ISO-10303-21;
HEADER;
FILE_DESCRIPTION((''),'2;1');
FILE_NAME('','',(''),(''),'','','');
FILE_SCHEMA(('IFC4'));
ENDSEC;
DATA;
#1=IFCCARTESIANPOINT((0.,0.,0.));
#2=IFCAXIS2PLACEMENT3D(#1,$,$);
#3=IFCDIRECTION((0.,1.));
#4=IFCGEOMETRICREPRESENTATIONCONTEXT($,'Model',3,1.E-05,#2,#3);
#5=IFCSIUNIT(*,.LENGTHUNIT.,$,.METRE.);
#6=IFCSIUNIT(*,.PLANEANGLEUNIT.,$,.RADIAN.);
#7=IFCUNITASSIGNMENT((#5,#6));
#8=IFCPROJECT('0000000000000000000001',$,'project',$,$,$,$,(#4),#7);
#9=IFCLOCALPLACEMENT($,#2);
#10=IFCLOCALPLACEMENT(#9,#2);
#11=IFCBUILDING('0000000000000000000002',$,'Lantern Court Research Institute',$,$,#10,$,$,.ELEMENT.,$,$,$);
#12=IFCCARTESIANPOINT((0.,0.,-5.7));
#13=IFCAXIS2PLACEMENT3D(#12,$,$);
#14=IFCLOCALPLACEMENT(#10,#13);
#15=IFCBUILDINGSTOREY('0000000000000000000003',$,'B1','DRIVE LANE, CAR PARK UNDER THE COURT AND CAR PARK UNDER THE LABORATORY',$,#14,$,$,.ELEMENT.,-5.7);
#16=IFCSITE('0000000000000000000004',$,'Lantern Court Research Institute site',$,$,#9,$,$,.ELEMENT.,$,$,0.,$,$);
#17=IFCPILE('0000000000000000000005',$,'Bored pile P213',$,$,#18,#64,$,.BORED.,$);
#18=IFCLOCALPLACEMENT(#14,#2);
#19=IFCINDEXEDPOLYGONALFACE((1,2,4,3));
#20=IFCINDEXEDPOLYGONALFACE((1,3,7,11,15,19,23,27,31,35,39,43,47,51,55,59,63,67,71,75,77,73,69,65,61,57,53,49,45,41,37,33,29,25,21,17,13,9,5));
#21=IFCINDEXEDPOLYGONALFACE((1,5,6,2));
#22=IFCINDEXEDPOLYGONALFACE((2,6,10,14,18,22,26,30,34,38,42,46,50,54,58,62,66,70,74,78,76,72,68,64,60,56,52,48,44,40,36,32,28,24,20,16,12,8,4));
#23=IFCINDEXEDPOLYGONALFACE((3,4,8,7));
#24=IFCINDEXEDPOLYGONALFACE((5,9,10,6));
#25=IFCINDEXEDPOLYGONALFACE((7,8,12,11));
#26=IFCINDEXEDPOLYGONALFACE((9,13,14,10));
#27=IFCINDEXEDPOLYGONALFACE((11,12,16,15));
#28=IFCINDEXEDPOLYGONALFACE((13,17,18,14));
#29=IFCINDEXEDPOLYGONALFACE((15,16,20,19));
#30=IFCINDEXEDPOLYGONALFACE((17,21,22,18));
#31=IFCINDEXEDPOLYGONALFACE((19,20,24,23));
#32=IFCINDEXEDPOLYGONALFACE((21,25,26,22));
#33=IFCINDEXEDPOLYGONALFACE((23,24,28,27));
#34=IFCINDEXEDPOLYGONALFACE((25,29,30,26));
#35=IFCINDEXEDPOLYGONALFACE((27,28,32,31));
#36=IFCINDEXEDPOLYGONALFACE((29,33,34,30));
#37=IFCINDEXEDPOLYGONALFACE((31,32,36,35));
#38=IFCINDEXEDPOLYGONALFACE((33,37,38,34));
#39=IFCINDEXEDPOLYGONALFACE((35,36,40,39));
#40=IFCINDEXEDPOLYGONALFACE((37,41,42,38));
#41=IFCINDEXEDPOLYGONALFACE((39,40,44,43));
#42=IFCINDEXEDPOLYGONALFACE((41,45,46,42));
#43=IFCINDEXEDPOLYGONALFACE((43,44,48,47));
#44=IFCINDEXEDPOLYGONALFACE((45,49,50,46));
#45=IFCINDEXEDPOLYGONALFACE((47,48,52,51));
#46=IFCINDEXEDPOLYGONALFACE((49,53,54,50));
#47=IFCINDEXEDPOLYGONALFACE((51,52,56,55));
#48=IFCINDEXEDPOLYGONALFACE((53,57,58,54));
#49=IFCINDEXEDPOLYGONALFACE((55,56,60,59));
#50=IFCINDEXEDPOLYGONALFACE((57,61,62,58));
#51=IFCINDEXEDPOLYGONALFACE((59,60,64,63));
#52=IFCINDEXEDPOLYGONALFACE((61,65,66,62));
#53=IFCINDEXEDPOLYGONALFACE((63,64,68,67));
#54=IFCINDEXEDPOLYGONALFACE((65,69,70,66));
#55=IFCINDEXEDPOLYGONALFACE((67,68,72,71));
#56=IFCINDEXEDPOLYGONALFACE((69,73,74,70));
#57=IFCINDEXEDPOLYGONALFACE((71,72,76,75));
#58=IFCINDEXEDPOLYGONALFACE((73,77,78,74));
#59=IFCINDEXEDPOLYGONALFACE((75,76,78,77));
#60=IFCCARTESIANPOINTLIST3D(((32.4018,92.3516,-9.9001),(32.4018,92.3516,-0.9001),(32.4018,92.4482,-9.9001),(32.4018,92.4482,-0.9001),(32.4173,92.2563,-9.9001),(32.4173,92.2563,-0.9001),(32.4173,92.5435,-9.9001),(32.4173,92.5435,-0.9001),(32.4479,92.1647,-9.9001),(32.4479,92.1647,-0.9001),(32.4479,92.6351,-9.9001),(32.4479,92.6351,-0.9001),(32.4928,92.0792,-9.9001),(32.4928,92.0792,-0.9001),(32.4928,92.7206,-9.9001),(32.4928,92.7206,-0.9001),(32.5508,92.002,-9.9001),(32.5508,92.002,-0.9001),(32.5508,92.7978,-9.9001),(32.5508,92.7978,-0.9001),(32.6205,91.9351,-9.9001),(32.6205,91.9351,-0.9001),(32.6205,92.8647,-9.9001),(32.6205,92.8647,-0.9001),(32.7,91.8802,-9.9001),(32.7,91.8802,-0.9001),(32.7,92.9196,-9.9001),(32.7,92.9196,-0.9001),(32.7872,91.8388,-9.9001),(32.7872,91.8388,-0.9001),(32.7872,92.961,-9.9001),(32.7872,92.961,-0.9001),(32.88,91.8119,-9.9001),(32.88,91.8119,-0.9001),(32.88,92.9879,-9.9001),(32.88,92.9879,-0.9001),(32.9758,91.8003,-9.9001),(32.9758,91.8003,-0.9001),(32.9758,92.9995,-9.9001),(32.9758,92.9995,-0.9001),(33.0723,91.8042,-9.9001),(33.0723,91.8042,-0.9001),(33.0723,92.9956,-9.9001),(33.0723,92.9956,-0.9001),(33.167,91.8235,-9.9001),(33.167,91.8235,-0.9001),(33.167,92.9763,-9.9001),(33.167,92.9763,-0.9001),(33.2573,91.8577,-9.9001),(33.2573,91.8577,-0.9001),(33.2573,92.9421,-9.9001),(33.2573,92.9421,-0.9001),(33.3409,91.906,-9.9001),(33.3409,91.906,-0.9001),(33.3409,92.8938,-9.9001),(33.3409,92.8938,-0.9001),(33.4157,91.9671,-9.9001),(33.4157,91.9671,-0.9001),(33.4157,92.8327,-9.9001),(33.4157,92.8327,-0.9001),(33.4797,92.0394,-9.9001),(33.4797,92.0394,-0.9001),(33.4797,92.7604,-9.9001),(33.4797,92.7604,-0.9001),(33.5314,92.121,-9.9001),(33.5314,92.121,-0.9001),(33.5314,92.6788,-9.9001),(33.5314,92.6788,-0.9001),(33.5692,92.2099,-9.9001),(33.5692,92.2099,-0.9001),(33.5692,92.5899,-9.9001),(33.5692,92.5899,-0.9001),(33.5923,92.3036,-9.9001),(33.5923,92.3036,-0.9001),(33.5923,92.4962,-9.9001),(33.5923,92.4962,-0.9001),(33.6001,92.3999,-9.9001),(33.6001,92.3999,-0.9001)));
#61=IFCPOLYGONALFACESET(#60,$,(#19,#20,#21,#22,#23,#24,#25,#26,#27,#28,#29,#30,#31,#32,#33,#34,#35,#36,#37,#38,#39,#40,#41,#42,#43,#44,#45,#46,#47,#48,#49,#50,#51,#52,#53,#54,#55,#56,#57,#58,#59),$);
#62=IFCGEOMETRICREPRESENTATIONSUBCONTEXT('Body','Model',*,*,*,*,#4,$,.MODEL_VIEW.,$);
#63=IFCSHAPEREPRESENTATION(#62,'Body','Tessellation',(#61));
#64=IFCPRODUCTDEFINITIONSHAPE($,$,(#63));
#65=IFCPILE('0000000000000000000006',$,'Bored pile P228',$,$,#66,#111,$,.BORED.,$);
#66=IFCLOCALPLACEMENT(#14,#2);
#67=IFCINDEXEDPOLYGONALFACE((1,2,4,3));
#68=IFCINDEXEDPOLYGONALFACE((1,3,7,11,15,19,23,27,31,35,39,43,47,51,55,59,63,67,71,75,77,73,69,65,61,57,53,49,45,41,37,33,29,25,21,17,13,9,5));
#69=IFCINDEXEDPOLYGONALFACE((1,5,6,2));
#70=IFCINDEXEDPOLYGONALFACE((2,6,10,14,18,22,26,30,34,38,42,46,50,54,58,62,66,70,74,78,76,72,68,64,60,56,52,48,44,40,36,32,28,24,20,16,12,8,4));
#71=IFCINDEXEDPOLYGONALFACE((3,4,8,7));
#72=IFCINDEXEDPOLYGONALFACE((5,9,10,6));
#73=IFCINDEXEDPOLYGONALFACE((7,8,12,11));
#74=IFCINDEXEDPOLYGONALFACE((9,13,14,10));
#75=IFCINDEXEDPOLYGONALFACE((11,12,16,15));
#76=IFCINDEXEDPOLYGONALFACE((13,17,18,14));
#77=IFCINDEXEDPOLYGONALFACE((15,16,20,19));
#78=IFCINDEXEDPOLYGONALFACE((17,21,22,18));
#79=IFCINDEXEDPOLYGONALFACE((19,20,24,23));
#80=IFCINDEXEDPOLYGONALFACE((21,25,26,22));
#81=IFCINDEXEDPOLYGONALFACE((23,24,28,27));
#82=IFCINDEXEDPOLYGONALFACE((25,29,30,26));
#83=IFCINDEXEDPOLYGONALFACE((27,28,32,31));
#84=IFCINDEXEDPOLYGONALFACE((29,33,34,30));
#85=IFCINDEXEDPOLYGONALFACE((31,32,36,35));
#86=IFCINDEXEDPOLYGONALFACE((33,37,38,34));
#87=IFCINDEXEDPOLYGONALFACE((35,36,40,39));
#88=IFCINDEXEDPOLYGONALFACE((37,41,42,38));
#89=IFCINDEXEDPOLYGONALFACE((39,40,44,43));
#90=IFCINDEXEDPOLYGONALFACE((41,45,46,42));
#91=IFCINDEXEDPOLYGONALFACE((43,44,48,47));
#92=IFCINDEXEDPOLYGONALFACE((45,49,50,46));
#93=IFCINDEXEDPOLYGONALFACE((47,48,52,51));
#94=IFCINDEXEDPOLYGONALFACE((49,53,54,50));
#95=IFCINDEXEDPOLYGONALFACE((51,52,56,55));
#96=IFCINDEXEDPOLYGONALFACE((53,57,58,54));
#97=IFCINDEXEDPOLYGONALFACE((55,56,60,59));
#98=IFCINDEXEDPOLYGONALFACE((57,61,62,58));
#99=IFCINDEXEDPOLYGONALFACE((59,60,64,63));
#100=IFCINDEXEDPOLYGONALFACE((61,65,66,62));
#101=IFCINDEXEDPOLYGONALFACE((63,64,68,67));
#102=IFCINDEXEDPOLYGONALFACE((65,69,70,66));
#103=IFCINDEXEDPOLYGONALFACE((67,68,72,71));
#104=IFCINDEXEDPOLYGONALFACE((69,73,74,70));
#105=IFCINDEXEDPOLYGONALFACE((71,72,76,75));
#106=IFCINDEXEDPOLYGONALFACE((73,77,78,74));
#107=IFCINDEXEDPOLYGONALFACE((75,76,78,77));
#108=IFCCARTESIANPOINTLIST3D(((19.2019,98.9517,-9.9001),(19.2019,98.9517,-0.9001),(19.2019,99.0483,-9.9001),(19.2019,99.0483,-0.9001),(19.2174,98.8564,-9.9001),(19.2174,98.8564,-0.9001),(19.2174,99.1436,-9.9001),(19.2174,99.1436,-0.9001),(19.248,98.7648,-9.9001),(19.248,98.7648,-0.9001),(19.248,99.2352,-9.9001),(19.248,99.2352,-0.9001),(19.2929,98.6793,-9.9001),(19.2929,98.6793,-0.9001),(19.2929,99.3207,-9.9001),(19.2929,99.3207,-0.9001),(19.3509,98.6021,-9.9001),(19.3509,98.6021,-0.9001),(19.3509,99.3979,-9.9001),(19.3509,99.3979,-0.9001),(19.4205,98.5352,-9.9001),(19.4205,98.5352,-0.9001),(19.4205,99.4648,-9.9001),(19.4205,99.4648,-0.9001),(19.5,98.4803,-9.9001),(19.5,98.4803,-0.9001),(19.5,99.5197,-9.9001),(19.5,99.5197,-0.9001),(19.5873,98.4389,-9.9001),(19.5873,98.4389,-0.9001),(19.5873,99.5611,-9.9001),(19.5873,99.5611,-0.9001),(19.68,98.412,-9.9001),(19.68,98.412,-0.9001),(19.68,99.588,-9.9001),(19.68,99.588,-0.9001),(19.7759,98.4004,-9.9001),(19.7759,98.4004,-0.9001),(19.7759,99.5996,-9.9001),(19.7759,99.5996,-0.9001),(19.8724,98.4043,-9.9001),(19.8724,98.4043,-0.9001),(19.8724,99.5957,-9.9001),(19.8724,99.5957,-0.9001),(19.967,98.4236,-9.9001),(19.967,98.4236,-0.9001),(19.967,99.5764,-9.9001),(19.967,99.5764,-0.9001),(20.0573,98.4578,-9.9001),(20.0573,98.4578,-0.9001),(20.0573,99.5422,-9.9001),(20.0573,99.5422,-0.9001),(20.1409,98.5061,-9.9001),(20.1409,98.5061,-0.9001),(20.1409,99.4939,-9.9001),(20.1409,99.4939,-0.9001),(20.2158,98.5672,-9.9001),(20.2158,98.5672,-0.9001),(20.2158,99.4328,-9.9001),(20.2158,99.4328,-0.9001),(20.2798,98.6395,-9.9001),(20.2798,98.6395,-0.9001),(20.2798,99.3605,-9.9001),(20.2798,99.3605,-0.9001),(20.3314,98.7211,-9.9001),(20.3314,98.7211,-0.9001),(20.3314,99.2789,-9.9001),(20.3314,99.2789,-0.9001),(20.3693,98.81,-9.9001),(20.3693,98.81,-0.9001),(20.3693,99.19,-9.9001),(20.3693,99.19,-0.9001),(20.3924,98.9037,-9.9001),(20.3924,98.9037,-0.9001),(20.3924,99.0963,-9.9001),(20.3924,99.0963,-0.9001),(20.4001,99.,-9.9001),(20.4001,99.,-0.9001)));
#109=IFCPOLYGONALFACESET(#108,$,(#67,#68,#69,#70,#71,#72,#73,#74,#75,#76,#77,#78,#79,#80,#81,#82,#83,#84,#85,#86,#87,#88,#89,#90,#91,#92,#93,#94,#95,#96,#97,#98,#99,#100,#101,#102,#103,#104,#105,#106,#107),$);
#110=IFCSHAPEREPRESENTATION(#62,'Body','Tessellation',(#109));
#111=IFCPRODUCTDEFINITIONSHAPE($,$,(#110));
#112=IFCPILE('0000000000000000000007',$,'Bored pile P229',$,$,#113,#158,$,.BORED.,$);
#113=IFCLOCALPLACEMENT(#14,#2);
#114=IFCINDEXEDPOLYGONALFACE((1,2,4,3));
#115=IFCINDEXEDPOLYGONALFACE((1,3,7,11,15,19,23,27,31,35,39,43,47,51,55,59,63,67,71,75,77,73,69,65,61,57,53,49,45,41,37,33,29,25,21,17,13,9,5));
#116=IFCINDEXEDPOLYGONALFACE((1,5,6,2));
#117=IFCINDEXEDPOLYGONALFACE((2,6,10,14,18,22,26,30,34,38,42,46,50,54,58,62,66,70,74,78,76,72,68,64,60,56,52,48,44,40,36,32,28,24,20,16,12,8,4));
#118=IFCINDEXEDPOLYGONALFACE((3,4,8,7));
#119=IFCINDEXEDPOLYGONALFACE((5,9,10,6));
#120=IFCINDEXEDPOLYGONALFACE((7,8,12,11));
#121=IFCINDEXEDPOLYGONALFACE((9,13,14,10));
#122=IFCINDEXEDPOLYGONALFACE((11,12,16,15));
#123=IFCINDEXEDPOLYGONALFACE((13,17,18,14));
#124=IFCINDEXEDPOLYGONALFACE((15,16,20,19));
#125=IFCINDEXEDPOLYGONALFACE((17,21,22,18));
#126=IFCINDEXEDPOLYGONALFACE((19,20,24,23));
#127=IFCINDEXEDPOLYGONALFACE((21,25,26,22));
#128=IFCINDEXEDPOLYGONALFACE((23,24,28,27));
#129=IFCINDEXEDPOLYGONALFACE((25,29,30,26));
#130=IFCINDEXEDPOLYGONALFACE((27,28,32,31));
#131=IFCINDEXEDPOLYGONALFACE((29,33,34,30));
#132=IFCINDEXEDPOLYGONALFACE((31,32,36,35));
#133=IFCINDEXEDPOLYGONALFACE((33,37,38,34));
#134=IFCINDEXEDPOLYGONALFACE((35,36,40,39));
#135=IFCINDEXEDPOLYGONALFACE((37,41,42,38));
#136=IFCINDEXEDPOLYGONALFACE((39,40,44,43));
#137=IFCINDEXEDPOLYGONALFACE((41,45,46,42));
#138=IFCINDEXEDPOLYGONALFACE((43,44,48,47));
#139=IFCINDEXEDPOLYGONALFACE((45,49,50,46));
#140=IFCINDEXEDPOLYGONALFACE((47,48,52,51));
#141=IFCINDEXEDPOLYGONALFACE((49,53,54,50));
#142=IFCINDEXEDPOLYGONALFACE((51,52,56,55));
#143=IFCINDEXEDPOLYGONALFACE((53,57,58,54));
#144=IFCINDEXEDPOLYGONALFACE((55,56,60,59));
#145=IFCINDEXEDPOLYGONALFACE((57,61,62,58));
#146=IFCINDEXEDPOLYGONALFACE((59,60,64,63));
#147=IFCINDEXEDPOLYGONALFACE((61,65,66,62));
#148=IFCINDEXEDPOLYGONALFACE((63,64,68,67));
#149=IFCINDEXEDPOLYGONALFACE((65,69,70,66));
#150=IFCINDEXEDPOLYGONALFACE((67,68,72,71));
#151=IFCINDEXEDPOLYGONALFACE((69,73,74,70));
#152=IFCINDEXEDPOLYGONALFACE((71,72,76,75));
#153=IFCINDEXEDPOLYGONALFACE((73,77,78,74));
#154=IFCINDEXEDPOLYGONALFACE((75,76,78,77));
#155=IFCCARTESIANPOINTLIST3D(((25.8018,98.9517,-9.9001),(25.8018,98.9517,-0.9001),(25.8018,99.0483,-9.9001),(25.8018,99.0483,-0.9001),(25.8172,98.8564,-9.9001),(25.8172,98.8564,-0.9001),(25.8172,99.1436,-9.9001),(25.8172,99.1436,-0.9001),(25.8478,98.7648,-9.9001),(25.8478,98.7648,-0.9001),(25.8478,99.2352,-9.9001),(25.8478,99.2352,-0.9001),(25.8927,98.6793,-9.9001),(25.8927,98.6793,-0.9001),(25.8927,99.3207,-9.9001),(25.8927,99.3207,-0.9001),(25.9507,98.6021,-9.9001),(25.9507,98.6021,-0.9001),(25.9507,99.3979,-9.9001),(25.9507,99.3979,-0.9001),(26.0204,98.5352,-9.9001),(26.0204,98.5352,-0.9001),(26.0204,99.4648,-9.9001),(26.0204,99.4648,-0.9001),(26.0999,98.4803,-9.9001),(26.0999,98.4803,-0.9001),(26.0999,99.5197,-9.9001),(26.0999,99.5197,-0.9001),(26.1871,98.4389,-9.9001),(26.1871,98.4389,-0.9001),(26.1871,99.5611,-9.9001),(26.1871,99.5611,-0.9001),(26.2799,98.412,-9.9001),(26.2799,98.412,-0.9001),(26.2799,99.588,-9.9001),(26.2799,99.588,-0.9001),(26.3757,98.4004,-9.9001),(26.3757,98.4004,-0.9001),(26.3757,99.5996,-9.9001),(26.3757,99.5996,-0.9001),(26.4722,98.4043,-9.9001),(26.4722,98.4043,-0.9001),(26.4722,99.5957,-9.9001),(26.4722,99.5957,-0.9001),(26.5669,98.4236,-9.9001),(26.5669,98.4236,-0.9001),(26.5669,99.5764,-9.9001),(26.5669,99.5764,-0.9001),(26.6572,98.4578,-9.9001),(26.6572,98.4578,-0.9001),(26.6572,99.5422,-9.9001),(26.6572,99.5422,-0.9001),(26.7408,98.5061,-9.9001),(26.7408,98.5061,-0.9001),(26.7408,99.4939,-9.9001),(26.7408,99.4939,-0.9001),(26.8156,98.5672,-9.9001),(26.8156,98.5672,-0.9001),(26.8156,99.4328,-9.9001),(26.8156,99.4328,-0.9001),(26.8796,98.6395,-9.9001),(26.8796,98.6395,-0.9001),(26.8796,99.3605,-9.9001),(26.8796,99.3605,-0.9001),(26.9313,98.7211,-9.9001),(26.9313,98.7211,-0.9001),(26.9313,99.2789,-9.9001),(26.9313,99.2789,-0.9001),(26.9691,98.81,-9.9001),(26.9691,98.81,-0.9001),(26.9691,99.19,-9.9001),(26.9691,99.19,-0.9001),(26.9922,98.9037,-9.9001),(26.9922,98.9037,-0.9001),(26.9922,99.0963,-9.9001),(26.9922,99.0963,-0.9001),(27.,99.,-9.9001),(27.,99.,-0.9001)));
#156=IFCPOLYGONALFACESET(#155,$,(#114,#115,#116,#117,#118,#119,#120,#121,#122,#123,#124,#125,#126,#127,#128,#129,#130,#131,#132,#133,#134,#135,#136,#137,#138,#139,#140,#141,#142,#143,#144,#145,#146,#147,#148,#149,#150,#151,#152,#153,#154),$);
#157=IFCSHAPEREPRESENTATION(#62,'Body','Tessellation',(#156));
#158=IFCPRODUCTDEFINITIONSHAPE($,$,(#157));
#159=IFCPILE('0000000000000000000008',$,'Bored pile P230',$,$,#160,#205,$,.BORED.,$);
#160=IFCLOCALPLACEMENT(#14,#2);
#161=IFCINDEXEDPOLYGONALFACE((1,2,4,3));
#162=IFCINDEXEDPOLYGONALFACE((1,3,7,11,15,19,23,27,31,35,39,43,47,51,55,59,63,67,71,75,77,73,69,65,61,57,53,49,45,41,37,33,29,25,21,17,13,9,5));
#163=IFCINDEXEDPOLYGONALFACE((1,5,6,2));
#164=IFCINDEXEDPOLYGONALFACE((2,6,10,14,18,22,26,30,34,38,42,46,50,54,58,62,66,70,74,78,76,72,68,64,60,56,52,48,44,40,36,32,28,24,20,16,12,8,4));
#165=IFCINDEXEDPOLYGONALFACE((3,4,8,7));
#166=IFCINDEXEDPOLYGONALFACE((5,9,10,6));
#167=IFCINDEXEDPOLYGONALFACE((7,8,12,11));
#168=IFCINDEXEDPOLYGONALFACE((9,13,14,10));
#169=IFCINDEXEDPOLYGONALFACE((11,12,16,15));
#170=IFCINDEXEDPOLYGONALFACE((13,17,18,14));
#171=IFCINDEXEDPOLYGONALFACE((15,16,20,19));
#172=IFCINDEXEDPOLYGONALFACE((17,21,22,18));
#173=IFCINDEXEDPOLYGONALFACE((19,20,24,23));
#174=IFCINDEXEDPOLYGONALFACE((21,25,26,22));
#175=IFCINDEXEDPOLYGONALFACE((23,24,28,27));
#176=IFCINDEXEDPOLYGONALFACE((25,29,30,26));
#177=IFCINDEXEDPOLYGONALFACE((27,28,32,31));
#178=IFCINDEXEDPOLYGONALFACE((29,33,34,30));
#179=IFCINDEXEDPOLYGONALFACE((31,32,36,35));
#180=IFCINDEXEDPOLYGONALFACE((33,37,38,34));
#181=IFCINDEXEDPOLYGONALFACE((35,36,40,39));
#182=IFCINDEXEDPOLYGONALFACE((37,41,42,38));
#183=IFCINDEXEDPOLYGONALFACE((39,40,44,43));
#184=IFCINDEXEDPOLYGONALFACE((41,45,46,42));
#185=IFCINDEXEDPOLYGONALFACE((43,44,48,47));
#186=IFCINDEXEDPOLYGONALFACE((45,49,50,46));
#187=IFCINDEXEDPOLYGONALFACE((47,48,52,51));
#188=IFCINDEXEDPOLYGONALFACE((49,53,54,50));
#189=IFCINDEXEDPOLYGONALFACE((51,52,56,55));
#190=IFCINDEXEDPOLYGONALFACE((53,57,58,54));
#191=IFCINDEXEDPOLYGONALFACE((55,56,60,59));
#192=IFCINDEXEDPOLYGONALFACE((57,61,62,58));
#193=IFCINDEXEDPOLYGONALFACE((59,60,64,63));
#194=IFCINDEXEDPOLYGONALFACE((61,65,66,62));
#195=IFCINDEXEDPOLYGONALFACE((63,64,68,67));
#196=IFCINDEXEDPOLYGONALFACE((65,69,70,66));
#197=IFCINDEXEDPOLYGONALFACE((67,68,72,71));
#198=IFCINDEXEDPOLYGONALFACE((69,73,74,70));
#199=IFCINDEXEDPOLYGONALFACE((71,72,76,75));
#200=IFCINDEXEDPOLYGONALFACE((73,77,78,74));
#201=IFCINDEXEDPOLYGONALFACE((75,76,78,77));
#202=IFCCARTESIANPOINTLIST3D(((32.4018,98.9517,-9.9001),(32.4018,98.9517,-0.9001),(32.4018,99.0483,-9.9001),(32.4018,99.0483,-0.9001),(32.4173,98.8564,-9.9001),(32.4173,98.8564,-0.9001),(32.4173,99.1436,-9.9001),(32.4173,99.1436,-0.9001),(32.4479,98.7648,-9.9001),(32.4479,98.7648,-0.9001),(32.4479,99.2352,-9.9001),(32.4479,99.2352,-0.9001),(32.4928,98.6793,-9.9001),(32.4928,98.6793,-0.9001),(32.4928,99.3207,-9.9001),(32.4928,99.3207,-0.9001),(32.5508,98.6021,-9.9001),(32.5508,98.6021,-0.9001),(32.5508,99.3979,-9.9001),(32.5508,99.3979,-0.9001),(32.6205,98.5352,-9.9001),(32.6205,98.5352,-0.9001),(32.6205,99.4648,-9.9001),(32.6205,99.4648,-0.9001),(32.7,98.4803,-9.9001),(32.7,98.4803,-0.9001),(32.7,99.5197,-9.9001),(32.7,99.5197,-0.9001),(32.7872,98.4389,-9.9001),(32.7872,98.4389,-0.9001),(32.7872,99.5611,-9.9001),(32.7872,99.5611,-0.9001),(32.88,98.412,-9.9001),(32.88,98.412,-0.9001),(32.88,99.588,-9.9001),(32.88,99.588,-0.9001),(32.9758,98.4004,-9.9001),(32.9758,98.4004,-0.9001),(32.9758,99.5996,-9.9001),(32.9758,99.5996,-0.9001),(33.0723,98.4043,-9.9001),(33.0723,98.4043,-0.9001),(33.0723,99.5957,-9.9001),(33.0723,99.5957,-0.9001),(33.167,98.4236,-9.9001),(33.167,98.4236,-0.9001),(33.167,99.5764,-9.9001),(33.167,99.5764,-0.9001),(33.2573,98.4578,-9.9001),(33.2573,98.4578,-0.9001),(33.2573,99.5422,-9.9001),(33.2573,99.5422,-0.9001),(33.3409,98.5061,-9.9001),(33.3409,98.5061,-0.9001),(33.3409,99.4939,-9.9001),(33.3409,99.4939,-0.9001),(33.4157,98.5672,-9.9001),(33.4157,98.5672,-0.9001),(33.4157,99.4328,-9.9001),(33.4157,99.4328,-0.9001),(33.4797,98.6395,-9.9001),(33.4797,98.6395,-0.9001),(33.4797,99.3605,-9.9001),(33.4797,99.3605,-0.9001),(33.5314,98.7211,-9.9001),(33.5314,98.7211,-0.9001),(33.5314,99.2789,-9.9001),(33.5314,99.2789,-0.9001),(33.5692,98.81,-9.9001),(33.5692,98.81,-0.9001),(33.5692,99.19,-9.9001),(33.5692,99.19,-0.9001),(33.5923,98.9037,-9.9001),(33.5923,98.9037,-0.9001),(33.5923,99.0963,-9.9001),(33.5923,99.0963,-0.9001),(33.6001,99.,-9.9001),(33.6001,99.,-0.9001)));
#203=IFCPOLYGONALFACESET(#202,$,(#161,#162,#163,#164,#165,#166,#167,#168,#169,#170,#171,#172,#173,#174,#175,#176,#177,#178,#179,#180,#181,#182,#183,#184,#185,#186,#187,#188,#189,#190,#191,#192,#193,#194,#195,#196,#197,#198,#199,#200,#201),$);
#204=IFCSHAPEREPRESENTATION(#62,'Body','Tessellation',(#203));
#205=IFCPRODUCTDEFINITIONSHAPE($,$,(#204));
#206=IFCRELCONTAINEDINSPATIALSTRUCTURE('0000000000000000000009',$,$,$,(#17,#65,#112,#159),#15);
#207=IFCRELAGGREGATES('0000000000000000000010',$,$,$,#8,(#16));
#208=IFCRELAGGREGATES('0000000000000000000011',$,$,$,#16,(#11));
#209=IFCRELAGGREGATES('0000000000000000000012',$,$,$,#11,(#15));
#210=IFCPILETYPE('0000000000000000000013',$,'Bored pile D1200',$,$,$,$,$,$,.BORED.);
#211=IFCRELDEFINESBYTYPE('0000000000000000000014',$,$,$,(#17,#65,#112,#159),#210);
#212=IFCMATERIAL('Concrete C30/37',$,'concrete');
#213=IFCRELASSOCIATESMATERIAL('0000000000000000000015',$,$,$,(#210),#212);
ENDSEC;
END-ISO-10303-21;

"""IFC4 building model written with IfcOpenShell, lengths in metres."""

from ifc_helpers import new_model, si_unit, direction, frame, origin, origin_2d, place, context, subcontext, project, spatial, circle, extrude, material, material_profile, profile_set, type_object, element, save


model = new_model("IFC4")

# Units and contexts
model_context = context("Model", 3, precision=1e-05, world=origin(), true_north=direction((0.0, 1.0)))
body_context = subcontext(model_context, "Body", "Model", "MODEL_VIEW")
ifc_project = project(units=[si_unit("LENGTHUNIT", "METRE"), si_unit("PLANEANGLEUNIT", "RADIAN")], contexts=[model_context])

# Site, building, storey
site_placement = place(None, origin())
site = spatial("IfcSite", under=ifc_project, at=site_placement, Name="Lantern Court Research Institute site", CompositionType="ELEMENT", RefElevation=0.0)
building_placement = place(site_placement, origin())
building = spatial("IfcBuilding", under=site, at=building_placement, Name="Lantern Court Research Institute", CompositionType="ELEMENT")
storey_placement = place(building_placement, frame((0.0, 0.0, -5.7)))
storey = spatial("IfcBuildingStorey", under=building, at=storey_placement, Name="B1", Description="DRIVE LANE, CAR PARK UNDER THE COURT AND CAR PARK UNDER THE LABORATORY", CompositionType="ELEMENT", Elevation=-5.7)

# Piles
ifc_material_1 = material(Name="Concrete C30/37", Category="concrete")
ifc_material_profile_1 = material_profile(ifc_material_1, circle(Radius=0.6001, at=origin_2d()), Name="Bored pile D1200")
ifc_profile_set_1 = profile_set([ifc_material_profile_1], Name="Concrete C30/37")
pile_type_1 = type_object("IfcPileType", Name="Bored pile D1200", PredefinedType="BORED", material=ifc_profile_set_1)
for number, where, z_axis, x_axis, name in (
    (1, (33.0, 92.3999, -0.9001), (0.0, 0.0, -1.0), (1.0, 0.0, 0.0), "Bored pile P213"),
    (2, (19.8, 99.0, -0.9001), (0.0, 0.0, -1.0), (1.0, 0.0, 0.0), "Bored pile P228"),
    (3, (26.3999, 99.0, -0.9001), (0.0, 0.0, -1.0), (1.0, 0.0, 0.0), "Bored pile P229"),
    (4, (33.0, 99.0, -0.9001), (0.0, 0.0, -1.0), (1.0, 0.0, 0.0), "Bored pile P230"),
):
    element("IfcPile", number, at=place(storey_placement, frame(where, z_axis=z_axis, x_axis=x_axis)), inside=storey, type_object=pile_type_1, Name=name, PredefinedType="BORED", context=body_context, shape_type="SweptSolid", body=[
        extrude(circle(Radius=0.6001, at=origin_2d()), origin(), (0.0, 0.0, 1.0), 9.0),
    ])

save(model, "model.ifc")
